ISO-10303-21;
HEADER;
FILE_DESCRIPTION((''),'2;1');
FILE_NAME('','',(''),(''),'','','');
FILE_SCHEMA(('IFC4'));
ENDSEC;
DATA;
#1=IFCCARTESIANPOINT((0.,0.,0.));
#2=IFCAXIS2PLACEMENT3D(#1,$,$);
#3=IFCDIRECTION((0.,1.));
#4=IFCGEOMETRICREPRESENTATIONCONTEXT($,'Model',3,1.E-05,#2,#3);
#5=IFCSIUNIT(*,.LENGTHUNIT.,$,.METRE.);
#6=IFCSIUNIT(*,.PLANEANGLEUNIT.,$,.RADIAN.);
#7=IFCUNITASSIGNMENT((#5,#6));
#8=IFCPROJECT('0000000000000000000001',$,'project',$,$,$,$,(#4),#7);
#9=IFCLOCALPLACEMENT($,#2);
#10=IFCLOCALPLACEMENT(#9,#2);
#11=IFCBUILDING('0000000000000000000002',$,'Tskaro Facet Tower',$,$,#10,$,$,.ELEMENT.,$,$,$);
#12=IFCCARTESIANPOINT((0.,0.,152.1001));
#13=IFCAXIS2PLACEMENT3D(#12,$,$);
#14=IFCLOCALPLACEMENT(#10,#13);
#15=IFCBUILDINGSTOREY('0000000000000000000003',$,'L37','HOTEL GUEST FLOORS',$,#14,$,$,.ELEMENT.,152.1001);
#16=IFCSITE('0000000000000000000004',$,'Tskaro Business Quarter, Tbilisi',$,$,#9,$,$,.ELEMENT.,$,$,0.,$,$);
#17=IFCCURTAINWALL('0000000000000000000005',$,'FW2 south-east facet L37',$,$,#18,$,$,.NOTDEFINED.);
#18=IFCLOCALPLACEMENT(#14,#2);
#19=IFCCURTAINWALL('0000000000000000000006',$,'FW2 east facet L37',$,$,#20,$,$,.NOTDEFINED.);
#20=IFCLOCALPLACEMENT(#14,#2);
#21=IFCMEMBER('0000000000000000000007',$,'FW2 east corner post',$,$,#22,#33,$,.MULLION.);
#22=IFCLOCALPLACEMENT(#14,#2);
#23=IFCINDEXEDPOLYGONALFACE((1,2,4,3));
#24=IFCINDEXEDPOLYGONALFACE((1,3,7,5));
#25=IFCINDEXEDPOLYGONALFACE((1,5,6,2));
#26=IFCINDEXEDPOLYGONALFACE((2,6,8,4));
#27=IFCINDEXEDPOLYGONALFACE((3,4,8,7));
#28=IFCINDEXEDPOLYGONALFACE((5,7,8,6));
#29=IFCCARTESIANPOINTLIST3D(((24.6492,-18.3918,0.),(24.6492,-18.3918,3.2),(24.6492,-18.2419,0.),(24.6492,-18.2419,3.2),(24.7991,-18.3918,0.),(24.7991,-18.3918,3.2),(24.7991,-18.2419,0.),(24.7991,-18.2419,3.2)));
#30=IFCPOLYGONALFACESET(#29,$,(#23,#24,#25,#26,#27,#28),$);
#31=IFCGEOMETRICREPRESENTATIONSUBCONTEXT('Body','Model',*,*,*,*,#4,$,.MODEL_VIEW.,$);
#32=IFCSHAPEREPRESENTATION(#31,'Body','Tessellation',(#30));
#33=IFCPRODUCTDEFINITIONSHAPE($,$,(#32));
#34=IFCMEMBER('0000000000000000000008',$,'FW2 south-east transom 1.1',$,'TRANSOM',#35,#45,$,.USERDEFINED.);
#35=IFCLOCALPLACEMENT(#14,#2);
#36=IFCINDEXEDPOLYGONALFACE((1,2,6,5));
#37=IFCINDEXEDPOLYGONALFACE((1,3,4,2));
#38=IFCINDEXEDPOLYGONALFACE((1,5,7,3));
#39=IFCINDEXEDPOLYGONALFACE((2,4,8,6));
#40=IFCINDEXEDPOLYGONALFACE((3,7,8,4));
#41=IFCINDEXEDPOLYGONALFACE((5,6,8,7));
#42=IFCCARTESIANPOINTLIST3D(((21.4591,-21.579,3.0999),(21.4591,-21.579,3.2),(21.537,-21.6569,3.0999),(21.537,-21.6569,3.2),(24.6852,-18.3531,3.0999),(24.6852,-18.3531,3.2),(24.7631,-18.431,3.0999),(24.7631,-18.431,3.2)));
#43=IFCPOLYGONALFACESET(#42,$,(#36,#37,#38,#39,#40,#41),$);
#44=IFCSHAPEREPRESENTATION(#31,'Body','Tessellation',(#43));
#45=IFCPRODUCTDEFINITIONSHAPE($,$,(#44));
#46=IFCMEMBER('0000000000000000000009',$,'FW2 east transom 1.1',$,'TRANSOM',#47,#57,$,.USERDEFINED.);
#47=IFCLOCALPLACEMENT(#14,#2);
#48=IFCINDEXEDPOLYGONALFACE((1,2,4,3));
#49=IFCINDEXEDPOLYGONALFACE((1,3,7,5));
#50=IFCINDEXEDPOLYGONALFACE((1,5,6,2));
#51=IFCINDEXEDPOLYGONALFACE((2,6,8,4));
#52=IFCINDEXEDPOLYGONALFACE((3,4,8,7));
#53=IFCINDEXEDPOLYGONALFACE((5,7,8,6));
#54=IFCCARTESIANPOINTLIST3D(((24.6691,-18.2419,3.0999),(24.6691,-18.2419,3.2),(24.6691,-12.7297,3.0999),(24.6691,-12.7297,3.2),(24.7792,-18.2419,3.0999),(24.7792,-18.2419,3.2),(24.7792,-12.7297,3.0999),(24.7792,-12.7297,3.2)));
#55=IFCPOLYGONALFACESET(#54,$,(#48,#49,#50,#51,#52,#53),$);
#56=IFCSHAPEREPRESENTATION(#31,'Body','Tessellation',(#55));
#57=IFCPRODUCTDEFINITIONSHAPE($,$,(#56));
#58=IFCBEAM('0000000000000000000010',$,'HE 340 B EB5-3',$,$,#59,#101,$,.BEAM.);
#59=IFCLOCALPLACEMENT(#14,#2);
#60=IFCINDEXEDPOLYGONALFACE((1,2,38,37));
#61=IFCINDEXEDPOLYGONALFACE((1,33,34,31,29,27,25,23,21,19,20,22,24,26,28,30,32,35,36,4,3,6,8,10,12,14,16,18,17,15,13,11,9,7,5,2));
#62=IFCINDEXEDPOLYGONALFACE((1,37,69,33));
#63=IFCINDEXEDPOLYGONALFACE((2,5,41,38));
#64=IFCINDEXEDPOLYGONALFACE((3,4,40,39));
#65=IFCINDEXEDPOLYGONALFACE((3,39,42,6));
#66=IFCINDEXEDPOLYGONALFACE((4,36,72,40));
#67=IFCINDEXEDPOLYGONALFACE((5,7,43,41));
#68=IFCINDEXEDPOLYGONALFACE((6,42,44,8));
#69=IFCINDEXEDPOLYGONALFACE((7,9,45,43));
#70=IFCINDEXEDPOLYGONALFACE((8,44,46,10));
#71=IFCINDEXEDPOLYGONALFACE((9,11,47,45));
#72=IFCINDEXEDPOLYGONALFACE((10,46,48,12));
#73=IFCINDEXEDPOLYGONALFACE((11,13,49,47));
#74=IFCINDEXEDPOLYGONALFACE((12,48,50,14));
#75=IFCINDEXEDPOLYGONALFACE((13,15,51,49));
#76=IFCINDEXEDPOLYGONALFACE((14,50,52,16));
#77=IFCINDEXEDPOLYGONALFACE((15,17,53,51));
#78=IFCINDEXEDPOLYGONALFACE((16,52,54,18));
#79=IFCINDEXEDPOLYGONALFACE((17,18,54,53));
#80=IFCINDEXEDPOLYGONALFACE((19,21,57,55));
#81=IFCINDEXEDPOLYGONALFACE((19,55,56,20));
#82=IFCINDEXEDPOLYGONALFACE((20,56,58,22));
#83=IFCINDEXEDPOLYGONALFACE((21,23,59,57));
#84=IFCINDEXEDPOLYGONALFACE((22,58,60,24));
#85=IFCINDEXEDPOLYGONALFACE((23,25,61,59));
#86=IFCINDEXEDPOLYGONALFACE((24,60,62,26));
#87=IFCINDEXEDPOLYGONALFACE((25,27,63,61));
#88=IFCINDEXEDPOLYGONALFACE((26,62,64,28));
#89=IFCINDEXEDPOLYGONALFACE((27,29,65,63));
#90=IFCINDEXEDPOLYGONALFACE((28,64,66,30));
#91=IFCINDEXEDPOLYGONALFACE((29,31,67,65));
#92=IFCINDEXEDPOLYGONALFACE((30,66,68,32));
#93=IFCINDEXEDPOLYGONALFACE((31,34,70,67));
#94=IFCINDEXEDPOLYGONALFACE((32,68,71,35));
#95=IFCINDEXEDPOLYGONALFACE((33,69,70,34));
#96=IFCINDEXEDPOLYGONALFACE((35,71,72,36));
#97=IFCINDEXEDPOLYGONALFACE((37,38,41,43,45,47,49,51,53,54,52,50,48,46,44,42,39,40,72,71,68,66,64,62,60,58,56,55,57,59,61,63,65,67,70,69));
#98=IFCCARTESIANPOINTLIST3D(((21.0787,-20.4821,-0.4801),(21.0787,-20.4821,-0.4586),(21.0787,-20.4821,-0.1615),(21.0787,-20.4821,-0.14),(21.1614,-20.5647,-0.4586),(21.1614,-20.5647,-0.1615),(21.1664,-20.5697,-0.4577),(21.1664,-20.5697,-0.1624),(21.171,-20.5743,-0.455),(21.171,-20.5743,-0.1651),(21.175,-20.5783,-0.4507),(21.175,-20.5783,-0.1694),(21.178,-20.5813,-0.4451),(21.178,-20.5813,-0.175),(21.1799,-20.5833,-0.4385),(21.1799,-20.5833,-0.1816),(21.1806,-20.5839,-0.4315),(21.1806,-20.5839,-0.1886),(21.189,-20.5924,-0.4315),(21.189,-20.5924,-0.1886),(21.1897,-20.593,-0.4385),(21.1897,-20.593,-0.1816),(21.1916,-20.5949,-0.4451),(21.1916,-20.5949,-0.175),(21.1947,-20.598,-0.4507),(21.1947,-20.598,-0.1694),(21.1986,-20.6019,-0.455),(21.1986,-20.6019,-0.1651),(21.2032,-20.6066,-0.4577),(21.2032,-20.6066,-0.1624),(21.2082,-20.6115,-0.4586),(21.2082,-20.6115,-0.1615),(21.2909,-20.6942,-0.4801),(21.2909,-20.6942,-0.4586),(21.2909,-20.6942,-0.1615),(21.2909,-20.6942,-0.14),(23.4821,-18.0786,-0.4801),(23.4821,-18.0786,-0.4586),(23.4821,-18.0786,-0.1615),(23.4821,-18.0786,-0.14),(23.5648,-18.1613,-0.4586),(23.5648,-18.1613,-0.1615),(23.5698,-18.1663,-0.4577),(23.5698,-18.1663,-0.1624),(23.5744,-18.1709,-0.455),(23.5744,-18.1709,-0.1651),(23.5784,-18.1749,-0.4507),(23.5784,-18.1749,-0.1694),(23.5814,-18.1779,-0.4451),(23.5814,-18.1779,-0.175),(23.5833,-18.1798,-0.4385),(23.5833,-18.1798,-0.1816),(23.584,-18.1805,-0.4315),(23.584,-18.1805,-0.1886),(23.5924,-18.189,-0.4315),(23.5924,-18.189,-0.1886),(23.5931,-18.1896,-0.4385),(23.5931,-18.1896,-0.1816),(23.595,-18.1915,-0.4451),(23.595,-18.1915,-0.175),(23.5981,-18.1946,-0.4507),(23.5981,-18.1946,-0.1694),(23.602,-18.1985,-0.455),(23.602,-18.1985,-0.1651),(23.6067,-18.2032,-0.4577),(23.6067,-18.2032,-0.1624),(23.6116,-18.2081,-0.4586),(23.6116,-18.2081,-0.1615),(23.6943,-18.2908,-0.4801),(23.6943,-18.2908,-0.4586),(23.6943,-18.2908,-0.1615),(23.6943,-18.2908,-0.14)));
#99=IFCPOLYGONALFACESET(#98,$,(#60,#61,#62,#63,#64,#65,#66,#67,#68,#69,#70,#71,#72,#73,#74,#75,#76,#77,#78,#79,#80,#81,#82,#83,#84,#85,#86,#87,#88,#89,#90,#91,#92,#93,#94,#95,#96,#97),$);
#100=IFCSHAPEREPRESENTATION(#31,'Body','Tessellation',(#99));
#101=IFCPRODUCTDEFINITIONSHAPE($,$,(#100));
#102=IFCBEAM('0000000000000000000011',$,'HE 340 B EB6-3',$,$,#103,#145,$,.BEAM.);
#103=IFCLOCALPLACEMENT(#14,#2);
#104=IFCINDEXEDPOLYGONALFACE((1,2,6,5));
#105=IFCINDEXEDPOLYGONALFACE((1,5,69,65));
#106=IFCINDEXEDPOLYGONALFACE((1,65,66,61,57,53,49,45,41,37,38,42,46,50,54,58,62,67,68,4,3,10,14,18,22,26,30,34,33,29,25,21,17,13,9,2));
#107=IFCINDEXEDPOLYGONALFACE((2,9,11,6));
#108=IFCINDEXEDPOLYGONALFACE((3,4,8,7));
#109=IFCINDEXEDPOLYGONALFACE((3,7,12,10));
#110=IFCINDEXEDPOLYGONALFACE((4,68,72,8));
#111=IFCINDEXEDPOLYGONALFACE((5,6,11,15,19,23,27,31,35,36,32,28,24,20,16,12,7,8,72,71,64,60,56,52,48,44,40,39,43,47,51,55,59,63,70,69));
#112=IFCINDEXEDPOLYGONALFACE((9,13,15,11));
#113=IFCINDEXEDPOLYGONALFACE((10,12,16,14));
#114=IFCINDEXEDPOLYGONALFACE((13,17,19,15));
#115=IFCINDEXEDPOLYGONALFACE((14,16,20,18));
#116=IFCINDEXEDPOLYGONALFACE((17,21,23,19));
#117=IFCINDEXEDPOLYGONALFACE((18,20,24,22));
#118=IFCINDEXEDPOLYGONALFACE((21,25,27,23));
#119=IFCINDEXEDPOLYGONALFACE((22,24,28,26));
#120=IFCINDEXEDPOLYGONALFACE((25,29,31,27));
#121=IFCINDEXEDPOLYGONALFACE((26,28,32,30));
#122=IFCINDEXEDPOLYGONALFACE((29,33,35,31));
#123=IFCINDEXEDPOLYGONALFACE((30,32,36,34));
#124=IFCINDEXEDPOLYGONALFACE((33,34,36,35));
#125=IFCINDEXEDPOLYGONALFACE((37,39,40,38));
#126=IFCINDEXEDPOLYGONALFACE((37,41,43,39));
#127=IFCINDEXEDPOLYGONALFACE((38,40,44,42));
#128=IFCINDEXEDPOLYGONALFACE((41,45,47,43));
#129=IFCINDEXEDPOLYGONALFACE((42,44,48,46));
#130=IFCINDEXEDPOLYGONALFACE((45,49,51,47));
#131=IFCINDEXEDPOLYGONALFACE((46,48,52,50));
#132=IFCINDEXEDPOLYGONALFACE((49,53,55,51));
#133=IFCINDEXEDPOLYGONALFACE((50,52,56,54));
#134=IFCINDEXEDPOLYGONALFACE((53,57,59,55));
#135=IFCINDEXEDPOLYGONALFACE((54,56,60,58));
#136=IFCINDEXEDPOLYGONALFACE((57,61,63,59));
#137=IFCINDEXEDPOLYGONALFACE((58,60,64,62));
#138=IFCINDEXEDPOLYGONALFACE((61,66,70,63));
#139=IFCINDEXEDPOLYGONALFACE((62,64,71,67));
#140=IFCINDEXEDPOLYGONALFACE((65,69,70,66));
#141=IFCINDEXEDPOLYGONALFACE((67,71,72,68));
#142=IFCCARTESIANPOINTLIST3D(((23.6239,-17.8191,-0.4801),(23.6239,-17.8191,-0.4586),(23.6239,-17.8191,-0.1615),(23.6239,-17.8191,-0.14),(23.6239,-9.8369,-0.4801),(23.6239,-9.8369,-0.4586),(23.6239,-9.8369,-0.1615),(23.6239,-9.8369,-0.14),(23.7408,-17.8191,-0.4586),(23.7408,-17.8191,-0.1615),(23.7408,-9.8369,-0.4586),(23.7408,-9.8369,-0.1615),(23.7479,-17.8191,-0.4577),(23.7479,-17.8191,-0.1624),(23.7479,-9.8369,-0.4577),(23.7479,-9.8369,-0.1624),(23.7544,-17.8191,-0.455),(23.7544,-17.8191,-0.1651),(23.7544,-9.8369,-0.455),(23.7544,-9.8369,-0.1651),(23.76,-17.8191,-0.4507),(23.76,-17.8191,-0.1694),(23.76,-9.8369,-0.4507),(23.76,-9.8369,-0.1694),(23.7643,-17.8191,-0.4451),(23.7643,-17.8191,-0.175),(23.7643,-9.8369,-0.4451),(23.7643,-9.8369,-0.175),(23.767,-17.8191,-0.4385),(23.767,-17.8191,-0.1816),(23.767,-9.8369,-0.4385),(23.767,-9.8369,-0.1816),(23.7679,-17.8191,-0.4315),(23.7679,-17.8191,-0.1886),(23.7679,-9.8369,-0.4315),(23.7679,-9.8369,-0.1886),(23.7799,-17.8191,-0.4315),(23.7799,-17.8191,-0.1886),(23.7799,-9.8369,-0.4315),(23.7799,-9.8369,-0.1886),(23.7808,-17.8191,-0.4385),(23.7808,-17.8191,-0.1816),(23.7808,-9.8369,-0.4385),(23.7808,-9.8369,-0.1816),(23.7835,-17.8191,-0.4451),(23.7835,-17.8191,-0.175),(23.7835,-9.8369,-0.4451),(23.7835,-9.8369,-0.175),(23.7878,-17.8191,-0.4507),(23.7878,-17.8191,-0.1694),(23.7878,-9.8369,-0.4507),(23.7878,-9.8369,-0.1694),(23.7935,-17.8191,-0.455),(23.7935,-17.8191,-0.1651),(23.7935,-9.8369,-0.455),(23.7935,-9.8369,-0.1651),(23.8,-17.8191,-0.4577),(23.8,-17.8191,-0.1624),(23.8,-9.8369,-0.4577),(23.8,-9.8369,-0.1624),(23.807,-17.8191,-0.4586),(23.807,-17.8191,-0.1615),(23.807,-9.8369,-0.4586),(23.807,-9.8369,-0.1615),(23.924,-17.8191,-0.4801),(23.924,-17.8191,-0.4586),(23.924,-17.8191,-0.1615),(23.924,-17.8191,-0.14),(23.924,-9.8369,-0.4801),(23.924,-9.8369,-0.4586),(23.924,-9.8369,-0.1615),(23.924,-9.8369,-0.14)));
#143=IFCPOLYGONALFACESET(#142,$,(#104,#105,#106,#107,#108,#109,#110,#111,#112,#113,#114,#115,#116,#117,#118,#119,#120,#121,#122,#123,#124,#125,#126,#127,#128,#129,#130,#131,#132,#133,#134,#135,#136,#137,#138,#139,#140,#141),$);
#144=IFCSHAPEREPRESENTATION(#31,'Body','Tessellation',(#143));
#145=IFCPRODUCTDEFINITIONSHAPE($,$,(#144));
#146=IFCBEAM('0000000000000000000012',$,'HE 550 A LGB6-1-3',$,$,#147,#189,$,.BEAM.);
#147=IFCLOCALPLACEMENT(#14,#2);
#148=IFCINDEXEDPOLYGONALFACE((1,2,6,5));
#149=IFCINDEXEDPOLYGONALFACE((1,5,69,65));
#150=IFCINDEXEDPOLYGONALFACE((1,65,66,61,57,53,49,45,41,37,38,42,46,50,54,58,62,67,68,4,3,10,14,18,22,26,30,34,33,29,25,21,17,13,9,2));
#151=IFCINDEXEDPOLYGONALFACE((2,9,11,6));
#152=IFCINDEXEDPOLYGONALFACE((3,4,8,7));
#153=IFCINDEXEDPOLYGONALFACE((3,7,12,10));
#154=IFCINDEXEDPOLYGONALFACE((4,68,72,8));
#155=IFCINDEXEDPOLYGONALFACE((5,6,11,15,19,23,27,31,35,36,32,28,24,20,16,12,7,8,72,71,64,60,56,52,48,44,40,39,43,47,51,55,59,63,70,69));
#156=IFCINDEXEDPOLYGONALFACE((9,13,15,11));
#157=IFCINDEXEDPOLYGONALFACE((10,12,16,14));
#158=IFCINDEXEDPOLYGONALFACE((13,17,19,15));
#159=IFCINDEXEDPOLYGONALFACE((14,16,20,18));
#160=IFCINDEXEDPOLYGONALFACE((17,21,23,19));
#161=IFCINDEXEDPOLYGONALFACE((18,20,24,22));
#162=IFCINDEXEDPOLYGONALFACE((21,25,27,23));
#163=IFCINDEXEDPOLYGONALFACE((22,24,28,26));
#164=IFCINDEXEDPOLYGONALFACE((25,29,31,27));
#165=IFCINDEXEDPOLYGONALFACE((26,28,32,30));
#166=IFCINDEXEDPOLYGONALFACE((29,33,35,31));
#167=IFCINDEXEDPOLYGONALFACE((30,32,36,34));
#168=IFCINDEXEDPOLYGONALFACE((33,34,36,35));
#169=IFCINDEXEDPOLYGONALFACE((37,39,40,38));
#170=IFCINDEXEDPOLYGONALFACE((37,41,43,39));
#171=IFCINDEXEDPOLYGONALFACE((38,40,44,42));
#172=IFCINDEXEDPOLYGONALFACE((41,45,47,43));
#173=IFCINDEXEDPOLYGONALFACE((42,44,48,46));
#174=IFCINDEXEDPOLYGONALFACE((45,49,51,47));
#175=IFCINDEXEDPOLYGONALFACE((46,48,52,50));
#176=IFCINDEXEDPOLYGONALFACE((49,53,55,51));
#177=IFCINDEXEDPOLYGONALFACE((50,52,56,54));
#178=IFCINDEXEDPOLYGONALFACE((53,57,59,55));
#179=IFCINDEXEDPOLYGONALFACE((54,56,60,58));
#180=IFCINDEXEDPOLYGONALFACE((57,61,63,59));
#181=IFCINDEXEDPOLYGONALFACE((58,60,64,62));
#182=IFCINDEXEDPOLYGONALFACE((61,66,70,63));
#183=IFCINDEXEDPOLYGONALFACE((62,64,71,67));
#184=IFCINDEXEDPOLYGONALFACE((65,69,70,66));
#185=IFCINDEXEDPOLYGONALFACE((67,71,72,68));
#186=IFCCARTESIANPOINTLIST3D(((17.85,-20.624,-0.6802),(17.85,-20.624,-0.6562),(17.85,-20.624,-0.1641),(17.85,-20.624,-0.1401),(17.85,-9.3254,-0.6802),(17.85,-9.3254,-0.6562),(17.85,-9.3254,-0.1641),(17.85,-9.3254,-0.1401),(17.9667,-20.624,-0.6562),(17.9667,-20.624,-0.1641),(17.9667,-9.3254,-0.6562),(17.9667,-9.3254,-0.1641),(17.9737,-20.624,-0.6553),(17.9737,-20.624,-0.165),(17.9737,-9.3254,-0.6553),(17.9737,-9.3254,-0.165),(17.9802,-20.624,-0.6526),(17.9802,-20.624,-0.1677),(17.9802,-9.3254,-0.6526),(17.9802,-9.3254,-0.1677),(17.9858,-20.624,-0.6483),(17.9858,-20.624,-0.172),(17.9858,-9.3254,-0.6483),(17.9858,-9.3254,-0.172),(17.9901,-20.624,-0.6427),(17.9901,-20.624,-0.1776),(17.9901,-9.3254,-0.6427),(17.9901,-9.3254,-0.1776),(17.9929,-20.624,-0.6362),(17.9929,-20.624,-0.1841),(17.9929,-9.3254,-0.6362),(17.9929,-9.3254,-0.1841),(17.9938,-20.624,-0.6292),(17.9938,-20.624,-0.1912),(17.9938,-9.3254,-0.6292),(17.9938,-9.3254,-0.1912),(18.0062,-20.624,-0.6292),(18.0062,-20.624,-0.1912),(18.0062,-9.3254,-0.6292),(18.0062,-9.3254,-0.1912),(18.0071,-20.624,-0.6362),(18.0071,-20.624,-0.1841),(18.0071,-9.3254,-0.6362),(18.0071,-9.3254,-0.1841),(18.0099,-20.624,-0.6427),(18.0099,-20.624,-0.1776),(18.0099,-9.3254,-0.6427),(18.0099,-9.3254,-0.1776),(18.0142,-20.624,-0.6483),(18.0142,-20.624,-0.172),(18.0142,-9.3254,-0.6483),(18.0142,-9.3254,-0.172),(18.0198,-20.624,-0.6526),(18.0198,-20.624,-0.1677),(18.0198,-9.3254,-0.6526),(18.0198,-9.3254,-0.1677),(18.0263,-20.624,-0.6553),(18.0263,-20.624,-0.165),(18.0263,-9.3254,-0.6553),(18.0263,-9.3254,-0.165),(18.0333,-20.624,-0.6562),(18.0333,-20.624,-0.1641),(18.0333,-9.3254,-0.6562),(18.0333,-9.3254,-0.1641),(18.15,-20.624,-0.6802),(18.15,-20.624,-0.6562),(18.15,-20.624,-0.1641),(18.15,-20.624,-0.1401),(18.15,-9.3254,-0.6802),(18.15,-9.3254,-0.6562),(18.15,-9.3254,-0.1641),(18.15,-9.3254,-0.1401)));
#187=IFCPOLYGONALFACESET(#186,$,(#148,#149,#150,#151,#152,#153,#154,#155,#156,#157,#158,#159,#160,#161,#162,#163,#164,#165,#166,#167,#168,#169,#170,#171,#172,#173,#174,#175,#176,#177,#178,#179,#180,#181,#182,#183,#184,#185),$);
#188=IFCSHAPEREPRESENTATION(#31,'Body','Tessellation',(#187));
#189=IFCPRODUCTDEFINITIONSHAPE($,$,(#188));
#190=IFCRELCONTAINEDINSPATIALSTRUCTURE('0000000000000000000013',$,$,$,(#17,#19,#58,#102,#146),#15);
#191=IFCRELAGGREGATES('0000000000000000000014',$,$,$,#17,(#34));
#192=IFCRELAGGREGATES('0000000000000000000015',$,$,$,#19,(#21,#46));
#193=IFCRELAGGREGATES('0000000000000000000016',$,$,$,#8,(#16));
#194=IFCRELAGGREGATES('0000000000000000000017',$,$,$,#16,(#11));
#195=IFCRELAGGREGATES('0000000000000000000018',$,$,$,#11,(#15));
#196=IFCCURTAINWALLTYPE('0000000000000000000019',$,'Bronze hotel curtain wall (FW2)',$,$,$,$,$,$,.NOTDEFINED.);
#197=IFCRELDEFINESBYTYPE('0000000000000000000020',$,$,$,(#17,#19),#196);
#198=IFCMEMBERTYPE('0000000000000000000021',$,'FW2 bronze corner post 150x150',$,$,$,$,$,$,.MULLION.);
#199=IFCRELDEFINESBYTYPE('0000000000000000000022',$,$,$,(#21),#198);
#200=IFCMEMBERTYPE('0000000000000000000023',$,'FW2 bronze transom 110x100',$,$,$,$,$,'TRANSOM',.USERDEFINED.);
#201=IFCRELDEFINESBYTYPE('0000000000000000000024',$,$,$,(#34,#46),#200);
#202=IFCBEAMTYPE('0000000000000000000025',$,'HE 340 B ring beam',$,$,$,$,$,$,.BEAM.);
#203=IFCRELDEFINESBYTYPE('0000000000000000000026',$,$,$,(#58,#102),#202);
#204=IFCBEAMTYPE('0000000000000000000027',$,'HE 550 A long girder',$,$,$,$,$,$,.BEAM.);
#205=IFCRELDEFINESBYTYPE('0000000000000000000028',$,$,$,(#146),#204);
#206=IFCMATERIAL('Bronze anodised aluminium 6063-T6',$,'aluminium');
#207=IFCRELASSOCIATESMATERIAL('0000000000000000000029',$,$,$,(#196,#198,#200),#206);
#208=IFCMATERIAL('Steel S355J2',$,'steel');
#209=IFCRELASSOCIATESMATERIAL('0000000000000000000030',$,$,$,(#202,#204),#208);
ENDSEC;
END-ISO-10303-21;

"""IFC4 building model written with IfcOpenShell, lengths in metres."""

from ifc_helpers import new_model, si_unit, direction, frame, origin, origin_2d, place, context, subcontext, project, spatial, rectangle, i_section, extrude, material, material_profile, profile_set, type_object, element, aggregate, save


model = new_model("IFC4")

# Units and contexts
model_context = context("Model", 3, precision=1e-05, world=origin(), true_north=direction((0.0, 1.0)))
body_context = subcontext(model_context, "Body", "Model", "MODEL_VIEW")
ifc_project = project(units=[si_unit("LENGTHUNIT", "METRE"), si_unit("PLANEANGLEUNIT", "RADIAN")], contexts=[model_context])

# Site, building, storey
site_placement = place(None, origin())
site = spatial("IfcSite", under=ifc_project, at=site_placement, Name="Tskaro Business Quarter, Tbilisi", CompositionType="ELEMENT", RefElevation=0.0)
building_placement = place(site_placement, origin())
building = spatial("IfcBuilding", under=site, at=building_placement, Name="Tskaro Facet Tower", CompositionType="ELEMENT")
storey_placement = place(building_placement, frame((0.0, 0.0, 152.1001)))
storey = spatial("IfcBuildingStorey", under=building, at=storey_placement, Name="L37", Description="HOTEL GUEST FLOORS", CompositionType="ELEMENT", Elevation=152.1001)

# Curtain walls, member
ifc_material_1 = material(Name="Bronze anodised aluminium 6063-T6", Category="aluminium")
curtain_wall_type = type_object("IfcCurtainWallType", Name="Bronze hotel curtain wall (FW2)", PredefinedType="NOTDEFINED", material=ifc_material_1)
curtain_wall_1_placement = place(storey_placement, origin())
curtain_wall_1 = element("IfcCurtainWall", 1, at=curtain_wall_1_placement, inside=storey, type_object=curtain_wall_type, Name="FW2 south-east facet L37", PredefinedType="NOTDEFINED")
ifc_material_profile_1 = material_profile(ifc_material_1, rectangle(XDim=0.1499, YDim=0.1499, at=origin_2d()), Name="Corner post 150x150")
ifc_profile_set_1 = profile_set([ifc_material_profile_1], Name="Bronze anodised aluminium 6063-T6")
member_type_1 = type_object("IfcMemberType", Name="FW2 bronze corner post 150x150", PredefinedType="MULLION", material=ifc_profile_set_1)
curtain_wall_2_placement = place(storey_placement, origin())
curtain_wall_2 = element("IfcCurtainWall", 2, at=curtain_wall_2_placement, inside=storey, type_object=curtain_wall_type, Name="FW2 east facet L37", PredefinedType="NOTDEFINED")
member_1_placement = place(storey_placement, frame((24.7241, -18.3169, 0.0), z_axis=(0.0, 0.0, 1.0), x_axis=(0.0, 1.0, 0.0)))
member_1 = element("IfcMember", 3, at=member_1_placement, type_object=member_type_1, Name="FW2 east corner post", PredefinedType="MULLION", context=body_context, shape_type="SweptSolid", body=[
    extrude(rectangle(XDim=0.1499, YDim=0.1499, at=origin_2d()), origin(), (0.0, 0.0, 1.0), 3.2),
])

# Members
ifc_material_profile_2 = material_profile(ifc_material_1, rectangle(XDim=0.1101, YDim=0.1001, at=origin_2d()), Name="Transom 110x100")
ifc_profile_set_2 = profile_set([ifc_material_profile_2], Name="Bronze anodised aluminium 6063-T6")
member_type_2 = type_object("IfcMemberType", Name="FW2 bronze transom 110x100", ElementType="TRANSOM", PredefinedType="USERDEFINED", material=ifc_profile_set_2)
member_2_placement = place(storey_placement, frame((21.498, -21.6179, 3.1499), z_axis=(0.707134, 0.70708, 0.0), x_axis=(-0.70708, 0.707134, 0.0)))
member_2 = element("IfcMember", 4, at=member_2_placement, type_object=member_type_2, Name="FW2 south-east transom 1.1", ObjectType="TRANSOM", PredefinedType="USERDEFINED", context=body_context, shape_type="SweptSolid", body=[
    extrude(rectangle(XDim=0.1101, YDim=0.1001, at=origin_2d()), origin(), (0.0, 0.0, 1.0), 4.5623),
])
member_3_placement = place(storey_placement, frame((24.7241, -18.2419, 3.1499), z_axis=(0.0, 1.0, 0.0), x_axis=(-1.0, 0.0, 0.0)))
member_3 = element("IfcMember", 5, at=member_3_placement, type_object=member_type_2, Name="FW2 east transom 1.1", ObjectType="TRANSOM", PredefinedType="USERDEFINED", context=body_context, shape_type="SweptSolid", body=[
    extrude(rectangle(XDim=0.1101, YDim=0.1001, at=origin_2d()), origin(), (0.0, 0.0, 1.0), 5.5122),
])

# Beams
ifc_material_2 = material(Name="Steel S355J2", Category="steel")
ifc_material_profile_3 = material_profile(ifc_material_2, i_section(OverallWidth=0.3, OverallDepth=0.3401, WebThickness=0.012, FlangeThickness=0.0215, FilletRadius=0.0271, at=origin_2d()), Name="HE 340 B")
ifc_profile_set_3 = profile_set([ifc_material_profile_3], Name="Steel S355J2")
beam_type_1 = type_object("IfcBeamType", Name="HE 340 B ring beam", PredefinedType="BEAM", material=ifc_profile_set_3)
beam_1_placement = place(storey_placement, frame((21.1848, -20.5881, -0.3101), z_axis=(0.707107, 0.707107, 0.0), x_axis=(-0.707107, 0.707107, 0.0)))
element("IfcBeam", 6, at=beam_1_placement, inside=storey, type_object=beam_type_1, Name="HE 340 B EB5-3", PredefinedType="BEAM", context=body_context, shape_type="SweptSolid", body=[
    extrude(i_section(OverallWidth=0.3, OverallDepth=0.3401, WebThickness=0.012, FlangeThickness=0.0215, FilletRadius=0.0271, at=origin_2d()), origin(), (0.0, 0.0, 1.0), 3.3989),
])
beam_2_placement = place(storey_placement, frame((23.7739, -17.8191, -0.3101), z_axis=(0.0, 1.0, 0.0), x_axis=(-1.0, 0.0, 0.0)))
element("IfcBeam", 7, at=beam_2_placement, inside=storey, type_object=beam_type_1, Name="HE 340 B EB6-3", PredefinedType="BEAM", context=body_context, shape_type="SweptSolid", body=[
    extrude(i_section(OverallWidth=0.3, OverallDepth=0.3401, WebThickness=0.012, FlangeThickness=0.0215, FilletRadius=0.0271, at=origin_2d()), origin(), (0.0, 0.0, 1.0), 7.9822),
])
ifc_material_profile_4 = material_profile(ifc_material_2, i_section(OverallWidth=0.3, OverallDepth=0.54, WebThickness=0.0125, FlangeThickness=0.0239, FilletRadius=0.0271, at=origin_2d()), Name="HE 550 A")
ifc_profile_set_4 = profile_set([ifc_material_profile_4], Name="Steel S355J2")
beam_type_2 = type_object("IfcBeamType", Name="HE 550 A long girder", PredefinedType="BEAM", material=ifc_profile_set_4)
beam_3_placement = place(storey_placement, frame((18.0, -20.624, -0.4102), z_axis=(0.0, 1.0, 0.0), x_axis=(-1.0, 0.0, 0.0)))
element("IfcBeam", 8, at=beam_3_placement, inside=storey, type_object=beam_type_2, Name="HE 550 A LGB6-1-3", PredefinedType="BEAM", context=body_context, shape_type="SweptSolid", body=[
    extrude(i_section(OverallWidth=0.3, OverallDepth=0.54, WebThickness=0.0125, FlangeThickness=0.0239, FilletRadius=0.0271, at=origin_2d()), origin(), (0.0, 0.0, 1.0), 11.2986),
])

aggregate(curtain_wall_1, [member_2])
aggregate(curtain_wall_2, [member_1, member_3])

save(model, "model.ifc")
